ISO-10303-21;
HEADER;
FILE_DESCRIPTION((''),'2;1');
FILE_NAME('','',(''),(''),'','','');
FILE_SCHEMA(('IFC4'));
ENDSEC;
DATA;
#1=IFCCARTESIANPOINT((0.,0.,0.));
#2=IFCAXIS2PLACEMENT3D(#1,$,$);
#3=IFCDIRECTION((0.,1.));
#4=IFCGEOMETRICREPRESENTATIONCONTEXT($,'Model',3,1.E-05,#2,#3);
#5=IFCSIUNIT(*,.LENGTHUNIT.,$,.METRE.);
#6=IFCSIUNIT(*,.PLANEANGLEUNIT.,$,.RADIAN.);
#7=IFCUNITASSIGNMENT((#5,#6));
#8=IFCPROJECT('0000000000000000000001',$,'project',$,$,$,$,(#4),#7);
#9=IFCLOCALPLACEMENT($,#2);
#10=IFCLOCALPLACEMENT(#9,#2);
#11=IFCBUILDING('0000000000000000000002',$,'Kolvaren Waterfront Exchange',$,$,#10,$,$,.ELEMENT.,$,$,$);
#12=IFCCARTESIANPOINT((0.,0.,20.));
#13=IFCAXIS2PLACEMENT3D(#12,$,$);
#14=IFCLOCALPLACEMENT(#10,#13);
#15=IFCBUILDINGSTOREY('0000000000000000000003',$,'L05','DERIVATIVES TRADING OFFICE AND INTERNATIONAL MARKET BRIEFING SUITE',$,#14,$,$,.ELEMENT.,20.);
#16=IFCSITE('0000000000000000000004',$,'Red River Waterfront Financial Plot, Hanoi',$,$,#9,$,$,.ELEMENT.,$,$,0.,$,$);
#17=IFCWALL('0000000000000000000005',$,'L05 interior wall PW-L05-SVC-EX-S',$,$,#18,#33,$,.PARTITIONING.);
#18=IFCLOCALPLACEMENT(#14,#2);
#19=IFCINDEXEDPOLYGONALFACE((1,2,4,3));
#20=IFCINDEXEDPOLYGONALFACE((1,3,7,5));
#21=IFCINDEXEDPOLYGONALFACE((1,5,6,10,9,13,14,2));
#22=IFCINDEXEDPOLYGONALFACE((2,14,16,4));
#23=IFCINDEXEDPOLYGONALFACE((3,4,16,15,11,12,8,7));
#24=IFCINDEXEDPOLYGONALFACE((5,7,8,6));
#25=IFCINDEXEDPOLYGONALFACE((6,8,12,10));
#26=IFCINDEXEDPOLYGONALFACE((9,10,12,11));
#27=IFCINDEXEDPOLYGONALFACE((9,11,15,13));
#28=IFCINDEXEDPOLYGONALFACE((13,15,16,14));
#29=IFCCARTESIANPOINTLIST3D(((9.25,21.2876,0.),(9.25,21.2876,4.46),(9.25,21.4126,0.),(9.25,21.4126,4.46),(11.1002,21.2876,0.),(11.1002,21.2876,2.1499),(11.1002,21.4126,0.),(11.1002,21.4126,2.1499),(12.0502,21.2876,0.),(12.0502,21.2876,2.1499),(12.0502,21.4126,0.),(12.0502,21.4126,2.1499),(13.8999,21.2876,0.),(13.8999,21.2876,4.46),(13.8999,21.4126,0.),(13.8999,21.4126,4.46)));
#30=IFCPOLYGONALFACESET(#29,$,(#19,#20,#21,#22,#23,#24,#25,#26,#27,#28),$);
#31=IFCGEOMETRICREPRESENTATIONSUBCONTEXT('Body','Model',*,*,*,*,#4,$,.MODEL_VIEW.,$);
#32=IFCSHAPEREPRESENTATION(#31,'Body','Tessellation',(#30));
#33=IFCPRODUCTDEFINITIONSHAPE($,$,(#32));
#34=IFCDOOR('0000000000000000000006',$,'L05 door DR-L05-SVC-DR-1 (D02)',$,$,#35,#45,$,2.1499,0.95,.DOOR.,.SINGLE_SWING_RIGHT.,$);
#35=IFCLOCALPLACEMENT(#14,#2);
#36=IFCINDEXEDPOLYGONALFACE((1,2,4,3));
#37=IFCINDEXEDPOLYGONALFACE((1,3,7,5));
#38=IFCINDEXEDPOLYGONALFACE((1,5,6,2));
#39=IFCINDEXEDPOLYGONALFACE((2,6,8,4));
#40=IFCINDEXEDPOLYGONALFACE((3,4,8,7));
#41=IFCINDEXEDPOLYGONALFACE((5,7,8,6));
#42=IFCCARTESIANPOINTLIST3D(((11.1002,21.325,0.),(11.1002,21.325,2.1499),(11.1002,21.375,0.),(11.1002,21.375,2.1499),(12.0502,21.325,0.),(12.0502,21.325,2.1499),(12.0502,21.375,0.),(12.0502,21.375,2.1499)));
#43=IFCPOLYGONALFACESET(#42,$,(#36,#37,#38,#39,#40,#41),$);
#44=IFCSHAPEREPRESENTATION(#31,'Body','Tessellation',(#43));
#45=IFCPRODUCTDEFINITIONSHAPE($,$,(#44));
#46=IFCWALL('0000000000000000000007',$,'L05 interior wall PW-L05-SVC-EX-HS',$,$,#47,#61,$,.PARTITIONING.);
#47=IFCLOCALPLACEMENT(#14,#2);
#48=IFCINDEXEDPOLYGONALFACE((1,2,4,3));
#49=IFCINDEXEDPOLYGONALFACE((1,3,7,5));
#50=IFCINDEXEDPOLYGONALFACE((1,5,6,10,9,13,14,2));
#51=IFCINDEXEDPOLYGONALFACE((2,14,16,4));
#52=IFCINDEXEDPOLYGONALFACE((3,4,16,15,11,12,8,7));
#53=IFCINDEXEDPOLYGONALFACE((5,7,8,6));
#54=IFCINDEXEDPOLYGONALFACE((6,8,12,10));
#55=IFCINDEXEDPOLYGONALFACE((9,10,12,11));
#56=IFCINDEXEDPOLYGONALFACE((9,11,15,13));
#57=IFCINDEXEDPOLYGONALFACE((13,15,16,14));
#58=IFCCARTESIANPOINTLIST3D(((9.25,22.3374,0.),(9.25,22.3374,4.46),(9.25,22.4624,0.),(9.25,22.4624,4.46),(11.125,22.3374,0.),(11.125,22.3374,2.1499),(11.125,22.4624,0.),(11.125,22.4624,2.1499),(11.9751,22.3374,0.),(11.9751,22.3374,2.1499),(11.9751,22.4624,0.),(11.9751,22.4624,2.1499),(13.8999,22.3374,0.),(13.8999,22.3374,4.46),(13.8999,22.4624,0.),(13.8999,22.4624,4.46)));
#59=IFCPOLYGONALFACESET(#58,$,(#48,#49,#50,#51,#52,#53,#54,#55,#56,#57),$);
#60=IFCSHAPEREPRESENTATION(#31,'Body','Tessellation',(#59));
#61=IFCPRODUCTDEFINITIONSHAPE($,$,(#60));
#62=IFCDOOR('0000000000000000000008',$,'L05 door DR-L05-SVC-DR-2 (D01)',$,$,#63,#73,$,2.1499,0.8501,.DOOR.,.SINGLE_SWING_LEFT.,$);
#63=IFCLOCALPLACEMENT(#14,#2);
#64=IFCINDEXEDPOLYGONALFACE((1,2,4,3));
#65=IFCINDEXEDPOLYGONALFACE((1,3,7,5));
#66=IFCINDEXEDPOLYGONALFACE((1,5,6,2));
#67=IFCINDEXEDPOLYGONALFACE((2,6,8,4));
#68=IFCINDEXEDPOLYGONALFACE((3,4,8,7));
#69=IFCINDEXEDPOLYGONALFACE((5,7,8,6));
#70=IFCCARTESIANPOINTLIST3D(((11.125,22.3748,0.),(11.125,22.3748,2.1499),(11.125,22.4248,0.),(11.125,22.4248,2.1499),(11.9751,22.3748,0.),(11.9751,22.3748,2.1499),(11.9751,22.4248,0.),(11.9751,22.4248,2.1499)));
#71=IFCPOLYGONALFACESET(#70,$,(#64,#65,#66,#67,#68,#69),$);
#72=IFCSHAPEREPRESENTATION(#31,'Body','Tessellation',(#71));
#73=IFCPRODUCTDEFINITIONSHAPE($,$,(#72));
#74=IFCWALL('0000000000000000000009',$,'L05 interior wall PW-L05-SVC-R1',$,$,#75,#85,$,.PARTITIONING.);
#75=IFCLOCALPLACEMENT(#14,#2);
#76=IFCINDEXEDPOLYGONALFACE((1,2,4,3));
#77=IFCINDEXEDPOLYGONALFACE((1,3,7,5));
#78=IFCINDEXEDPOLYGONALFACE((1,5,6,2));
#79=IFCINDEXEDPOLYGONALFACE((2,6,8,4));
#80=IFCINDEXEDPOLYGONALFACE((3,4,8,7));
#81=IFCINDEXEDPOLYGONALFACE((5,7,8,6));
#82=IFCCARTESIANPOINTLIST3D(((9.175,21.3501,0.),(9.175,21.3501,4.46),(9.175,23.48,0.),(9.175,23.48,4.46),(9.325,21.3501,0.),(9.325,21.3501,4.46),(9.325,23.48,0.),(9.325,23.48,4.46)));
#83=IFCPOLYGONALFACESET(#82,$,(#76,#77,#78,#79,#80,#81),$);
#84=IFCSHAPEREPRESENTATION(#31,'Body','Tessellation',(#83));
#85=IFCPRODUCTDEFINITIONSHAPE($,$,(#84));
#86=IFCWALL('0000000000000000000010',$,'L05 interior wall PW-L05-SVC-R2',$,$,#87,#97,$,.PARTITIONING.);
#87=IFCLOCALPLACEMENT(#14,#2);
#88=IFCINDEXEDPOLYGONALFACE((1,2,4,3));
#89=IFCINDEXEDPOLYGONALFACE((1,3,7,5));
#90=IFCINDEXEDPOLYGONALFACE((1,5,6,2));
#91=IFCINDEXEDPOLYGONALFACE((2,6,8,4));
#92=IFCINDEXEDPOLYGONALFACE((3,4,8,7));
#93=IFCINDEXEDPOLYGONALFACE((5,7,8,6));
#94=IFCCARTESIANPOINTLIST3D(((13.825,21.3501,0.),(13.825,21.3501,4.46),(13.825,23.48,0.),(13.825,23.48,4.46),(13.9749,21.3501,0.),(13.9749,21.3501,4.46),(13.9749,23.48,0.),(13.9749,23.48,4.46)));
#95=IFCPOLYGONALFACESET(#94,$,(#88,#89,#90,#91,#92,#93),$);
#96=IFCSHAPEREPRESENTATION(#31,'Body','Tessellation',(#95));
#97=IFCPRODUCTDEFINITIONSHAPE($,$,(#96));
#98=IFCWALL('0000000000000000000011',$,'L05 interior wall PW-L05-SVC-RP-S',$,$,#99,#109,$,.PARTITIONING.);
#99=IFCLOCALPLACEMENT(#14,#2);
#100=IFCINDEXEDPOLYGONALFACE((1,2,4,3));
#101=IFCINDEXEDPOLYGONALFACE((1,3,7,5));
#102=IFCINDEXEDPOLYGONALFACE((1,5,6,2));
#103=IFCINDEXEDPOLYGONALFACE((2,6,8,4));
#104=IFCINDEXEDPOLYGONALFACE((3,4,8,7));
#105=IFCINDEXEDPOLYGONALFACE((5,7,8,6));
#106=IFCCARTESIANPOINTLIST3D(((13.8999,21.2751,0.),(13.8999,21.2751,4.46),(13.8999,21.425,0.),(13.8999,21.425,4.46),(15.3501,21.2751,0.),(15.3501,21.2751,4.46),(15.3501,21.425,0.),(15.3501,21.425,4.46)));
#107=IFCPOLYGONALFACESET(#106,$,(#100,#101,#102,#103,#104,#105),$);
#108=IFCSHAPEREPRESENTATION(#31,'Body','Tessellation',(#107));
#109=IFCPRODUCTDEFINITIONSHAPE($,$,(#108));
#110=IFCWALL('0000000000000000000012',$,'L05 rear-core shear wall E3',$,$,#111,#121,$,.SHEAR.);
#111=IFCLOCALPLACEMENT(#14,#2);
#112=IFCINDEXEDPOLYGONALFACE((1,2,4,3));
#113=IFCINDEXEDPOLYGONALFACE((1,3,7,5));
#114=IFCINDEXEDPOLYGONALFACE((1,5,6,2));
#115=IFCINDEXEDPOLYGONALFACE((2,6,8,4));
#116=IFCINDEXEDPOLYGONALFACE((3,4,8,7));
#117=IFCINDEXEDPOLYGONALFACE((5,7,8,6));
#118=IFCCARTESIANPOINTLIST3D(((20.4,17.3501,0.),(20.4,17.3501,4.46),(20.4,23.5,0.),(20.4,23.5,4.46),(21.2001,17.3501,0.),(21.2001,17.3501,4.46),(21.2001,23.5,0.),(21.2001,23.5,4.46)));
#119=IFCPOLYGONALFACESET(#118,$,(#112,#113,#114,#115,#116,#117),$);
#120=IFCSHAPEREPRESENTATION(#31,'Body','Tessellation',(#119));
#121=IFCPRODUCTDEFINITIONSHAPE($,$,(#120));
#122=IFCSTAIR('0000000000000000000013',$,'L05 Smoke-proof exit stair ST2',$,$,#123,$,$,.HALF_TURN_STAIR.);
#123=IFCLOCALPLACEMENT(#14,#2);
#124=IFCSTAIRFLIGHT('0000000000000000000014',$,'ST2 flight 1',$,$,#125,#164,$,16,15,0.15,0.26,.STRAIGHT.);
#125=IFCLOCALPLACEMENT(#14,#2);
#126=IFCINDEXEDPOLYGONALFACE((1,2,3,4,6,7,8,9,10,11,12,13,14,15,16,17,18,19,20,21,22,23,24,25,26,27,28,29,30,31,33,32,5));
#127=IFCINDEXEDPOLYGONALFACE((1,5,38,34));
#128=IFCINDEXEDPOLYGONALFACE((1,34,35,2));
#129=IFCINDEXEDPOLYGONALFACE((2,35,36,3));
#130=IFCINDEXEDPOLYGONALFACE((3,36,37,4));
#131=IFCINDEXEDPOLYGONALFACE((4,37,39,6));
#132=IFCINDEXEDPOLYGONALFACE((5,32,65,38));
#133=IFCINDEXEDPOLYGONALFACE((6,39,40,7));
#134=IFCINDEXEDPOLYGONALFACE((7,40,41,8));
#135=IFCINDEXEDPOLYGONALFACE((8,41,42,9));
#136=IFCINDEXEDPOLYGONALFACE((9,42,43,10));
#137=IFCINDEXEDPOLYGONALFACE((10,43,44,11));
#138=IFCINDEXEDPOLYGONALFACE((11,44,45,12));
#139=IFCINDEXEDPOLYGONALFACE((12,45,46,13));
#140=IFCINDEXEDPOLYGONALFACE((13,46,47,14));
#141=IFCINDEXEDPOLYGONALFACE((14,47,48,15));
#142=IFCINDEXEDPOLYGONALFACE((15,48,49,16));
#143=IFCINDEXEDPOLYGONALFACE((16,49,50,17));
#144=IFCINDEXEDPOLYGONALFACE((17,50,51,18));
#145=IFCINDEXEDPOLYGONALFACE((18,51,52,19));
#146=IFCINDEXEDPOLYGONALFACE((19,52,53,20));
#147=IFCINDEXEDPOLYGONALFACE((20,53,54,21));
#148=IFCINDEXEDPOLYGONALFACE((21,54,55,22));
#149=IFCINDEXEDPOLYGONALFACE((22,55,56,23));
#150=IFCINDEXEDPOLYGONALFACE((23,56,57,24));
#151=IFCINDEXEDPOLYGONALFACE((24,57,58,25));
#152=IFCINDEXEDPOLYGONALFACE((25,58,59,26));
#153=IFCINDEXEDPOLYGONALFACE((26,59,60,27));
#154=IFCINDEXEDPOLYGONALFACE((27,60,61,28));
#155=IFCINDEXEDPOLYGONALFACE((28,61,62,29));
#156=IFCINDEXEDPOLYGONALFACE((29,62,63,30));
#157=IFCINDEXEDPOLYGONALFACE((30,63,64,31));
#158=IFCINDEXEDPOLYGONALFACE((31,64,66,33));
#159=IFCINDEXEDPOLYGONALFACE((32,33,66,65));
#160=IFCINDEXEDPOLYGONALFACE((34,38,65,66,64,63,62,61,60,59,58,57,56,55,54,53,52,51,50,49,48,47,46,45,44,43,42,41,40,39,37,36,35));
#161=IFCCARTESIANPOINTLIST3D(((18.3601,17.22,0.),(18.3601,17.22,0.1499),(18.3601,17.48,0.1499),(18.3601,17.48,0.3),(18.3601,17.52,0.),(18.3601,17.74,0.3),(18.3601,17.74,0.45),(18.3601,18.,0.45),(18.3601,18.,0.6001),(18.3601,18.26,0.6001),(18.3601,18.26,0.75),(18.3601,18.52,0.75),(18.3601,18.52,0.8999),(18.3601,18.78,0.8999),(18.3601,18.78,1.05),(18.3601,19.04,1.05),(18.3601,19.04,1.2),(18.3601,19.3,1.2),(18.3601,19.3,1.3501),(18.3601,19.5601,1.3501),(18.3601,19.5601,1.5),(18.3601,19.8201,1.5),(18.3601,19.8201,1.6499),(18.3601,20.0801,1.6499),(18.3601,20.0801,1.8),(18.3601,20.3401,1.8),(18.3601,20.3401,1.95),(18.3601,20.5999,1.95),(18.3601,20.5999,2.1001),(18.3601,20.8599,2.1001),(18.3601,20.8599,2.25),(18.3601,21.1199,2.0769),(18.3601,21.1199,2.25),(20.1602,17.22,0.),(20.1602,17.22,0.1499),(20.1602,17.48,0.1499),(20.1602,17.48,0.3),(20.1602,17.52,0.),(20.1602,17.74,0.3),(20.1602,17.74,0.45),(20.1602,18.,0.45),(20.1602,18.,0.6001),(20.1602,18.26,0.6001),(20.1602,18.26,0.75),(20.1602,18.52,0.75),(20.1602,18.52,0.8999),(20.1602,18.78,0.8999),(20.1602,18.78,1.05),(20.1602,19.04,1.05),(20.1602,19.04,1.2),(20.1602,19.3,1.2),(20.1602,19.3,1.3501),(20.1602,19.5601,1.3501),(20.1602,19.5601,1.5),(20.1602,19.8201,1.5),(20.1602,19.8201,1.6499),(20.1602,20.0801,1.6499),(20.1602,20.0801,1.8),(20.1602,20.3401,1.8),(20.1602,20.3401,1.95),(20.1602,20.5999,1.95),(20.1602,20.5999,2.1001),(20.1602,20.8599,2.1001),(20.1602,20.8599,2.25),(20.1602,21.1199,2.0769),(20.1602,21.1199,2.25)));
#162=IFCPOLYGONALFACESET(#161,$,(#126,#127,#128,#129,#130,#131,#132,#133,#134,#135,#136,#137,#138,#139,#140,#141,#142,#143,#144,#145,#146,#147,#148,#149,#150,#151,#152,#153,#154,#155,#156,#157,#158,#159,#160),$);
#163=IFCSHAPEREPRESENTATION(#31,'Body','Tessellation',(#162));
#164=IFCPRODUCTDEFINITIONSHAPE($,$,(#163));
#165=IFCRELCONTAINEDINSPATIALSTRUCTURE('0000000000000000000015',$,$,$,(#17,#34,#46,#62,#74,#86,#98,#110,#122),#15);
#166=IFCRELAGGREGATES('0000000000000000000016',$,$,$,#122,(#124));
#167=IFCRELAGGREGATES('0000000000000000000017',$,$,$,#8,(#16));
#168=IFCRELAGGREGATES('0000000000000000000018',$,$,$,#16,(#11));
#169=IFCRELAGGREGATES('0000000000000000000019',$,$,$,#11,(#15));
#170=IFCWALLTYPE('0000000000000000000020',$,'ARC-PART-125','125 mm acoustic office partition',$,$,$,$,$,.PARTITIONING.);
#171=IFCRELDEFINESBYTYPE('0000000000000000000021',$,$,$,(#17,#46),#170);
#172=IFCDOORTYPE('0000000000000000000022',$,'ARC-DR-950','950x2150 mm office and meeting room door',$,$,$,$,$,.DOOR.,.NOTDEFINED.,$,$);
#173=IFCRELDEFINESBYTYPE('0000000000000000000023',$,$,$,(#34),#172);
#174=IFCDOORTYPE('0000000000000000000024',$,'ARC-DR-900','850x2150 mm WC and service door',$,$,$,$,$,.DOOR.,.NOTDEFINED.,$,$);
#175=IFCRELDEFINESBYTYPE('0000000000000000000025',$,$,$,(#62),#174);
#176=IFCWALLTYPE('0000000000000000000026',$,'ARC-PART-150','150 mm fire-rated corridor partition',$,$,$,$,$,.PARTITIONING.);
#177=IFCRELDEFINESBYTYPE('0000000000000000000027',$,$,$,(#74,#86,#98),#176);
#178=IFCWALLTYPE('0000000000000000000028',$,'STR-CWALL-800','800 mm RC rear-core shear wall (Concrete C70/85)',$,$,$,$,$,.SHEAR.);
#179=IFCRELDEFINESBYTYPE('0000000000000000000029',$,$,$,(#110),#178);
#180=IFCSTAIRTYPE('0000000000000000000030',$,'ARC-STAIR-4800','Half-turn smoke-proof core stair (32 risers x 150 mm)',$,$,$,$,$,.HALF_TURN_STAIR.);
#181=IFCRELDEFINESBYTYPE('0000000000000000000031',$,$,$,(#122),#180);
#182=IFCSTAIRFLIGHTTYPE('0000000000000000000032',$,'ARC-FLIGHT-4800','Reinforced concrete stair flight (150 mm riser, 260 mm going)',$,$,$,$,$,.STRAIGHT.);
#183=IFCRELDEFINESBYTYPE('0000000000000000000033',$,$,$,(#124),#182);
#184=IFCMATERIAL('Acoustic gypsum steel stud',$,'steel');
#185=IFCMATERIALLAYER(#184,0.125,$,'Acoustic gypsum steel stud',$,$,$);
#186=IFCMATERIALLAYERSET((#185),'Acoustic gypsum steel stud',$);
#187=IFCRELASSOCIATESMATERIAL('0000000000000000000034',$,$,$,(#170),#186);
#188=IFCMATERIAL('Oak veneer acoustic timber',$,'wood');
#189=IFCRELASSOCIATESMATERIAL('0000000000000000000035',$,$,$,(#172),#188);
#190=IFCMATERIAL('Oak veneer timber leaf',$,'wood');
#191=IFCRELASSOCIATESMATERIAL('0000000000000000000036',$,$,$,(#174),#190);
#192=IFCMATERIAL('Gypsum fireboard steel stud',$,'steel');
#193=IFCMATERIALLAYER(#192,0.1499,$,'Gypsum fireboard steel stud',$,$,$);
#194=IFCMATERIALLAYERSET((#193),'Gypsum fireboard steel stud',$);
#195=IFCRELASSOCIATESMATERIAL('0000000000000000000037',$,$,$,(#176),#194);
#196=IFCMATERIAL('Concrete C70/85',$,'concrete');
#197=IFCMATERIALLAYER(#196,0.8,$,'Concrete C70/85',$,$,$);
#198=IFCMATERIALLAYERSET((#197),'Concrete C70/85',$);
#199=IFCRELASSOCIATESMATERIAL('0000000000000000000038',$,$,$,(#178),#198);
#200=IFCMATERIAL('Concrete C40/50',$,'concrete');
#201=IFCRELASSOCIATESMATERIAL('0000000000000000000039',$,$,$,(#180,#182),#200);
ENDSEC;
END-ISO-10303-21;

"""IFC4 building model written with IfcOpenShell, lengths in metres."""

from ifc_helpers import new_model, si_unit, direction, frame, frame_2d, origin, place, context, subcontext, project, spatial, polyline, rectangle, outline, extrude, material, layer, layer_set, type_object, element, fill, aggregate, save


model = new_model("IFC4")

# Units and contexts
model_context = context("Model", 3, precision=1e-05, world=origin(), true_north=direction((0.0, 1.0)))
body_context = subcontext(model_context, "Body", "Model", "MODEL_VIEW")
ifc_project = project(units=[si_unit("LENGTHUNIT", "METRE"), si_unit("PLANEANGLEUNIT", "RADIAN")], contexts=[model_context])

# Site, building, storey
site_placement = place(None, origin())
site = spatial("IfcSite", under=ifc_project, at=site_placement, Name="Red River Waterfront Financial Plot, Hanoi", CompositionType="ELEMENT", RefElevation=0.0)
building_placement = place(site_placement, origin())
building = spatial("IfcBuilding", under=site, at=building_placement, Name="Kolvaren Waterfront Exchange", CompositionType="ELEMENT")
storey_placement = place(building_placement, frame((0.0, 0.0, 20.0)))
storey = spatial("IfcBuildingStorey", under=building, at=storey_placement, Name="L05", Description="DERIVATIVES TRADING OFFICE AND INTERNATIONAL MARKET BRIEFING SUITE", CompositionType="ELEMENT", Elevation=20.0)

# Shared definitions
ifc_material_1 = material(Name="Concrete C70/85", Category="concrete")

# Walls, openings, doors
ifc_material_2 = material(Name="Acoustic gypsum steel stud", Category="steel")
ifc_layer_1 = layer(ifc_material_2, 0.125, Name="Acoustic gypsum steel stud")
ifc_layer_set_1 = layer_set([ifc_layer_1], Name="Acoustic gypsum steel stud")
wall_type_1 = type_object("IfcWallType", Name="ARC-PART-125", Description="125 mm acoustic office partition", PredefinedType="PARTITIONING", material=ifc_layer_set_1)
wall_1_placement = place(storey_placement, frame((9.25, 21.3501, 0.0), z_axis=(0.0, 0.0, 1.0), x_axis=(1.0, 0.0, 0.0)))
wall_1 = element("IfcWall", 1, at=wall_1_placement, inside=storey, type_object=wall_type_1, Name="L05 interior wall PW-L05-SVC-EX-S", PredefinedType="PARTITIONING", context=body_context, shape_type="SweptSolid", body=[
    extrude(rectangle(XDim=4.6499, YDim=0.125, at=frame_2d((2.325, 0.0))), origin(), (0.0, 0.0, 1.0), 4.46),
])
opening_1_placement = place(wall_1_placement, frame((1.8501, 0.0, 0.0)))
opening_1 = element("IfcOpeningElement", 2, at=opening_1_placement, cuts=wall_1, PredefinedType="OPENING", context=body_context, shape_type="SweptSolid", body=[
    extrude(rectangle(XDim=0.95, YDim=2.1499, at=frame_2d((0.4751, 1.075))), frame((0.0, 0.0725, 0.0), z_axis=(0.0, -1.0, 0.0), x_axis=(1.0, 0.0, 0.0)), (0.0, 0.0, 1.0), 0.145),
])
ifc_material_3 = material(Name="Oak veneer acoustic timber", Category="wood")
door_type_1 = type_object("IfcDoorType", Name="ARC-DR-950", Description="950x2150 mm office and meeting room door", OperationType="NOTDEFINED", PredefinedType="DOOR", material=ifc_material_3)
door_1_placement = place(opening_1_placement, origin())
door_1 = element("IfcDoor", 3, at=door_1_placement, inside=storey, type_object=door_type_1, Name="L05 door DR-L05-SVC-DR-1 (D02)", OperationType="SINGLE_SWING_RIGHT", OverallHeight=2.1499, OverallWidth=0.95, PredefinedType="DOOR", context=body_context, shape_type="SweptSolid", body=[
    extrude(rectangle(XDim=0.95, YDim=2.1499, at=frame_2d((0.4751, 1.075))), frame((0.0, 0.0249, 0.0), z_axis=(0.0, -1.0, 0.0), x_axis=(1.0, 0.0, 0.0)), (0.0, 0.0, 1.0), 0.05),
])
fill(opening_1, door_1)
wall_2_placement = place(storey_placement, frame((9.25, 22.3999, 0.0), z_axis=(0.0, 0.0, 1.0), x_axis=(1.0, 0.0, 0.0)))
wall_2 = element("IfcWall", 4, at=wall_2_placement, inside=storey, type_object=wall_type_1, Name="L05 interior wall PW-L05-SVC-EX-HS", PredefinedType="PARTITIONING", context=body_context, shape_type="SweptSolid", body=[
    extrude(rectangle(XDim=4.6499, YDim=0.125, at=frame_2d((2.325, 0.0))), origin(), (0.0, 0.0, 1.0), 4.46),
])
opening_2_placement = place(wall_2_placement, frame((1.875, 0.0, 0.0)))
opening_2 = element("IfcOpeningElement", 5, at=opening_2_placement, cuts=wall_2, PredefinedType="OPENING", context=body_context, shape_type="SweptSolid", body=[
    extrude(rectangle(XDim=0.8501, YDim=2.1499, at=frame_2d((0.425, 1.075))), frame((0.0, 0.0725, 0.0), z_axis=(0.0, -1.0, 0.0), x_axis=(1.0, 0.0, 0.0)), (0.0, 0.0, 1.0), 0.145),
])
ifc_material_4 = material(Name="Oak veneer timber leaf", Category="wood")
door_type_2 = type_object("IfcDoorType", Name="ARC-DR-900", Description="850x2150 mm WC and service door", OperationType="NOTDEFINED", PredefinedType="DOOR", material=ifc_material_4)
door_2_placement = place(opening_2_placement, origin())
door_2 = element("IfcDoor", 6, at=door_2_placement, inside=storey, type_object=door_type_2, Name="L05 door DR-L05-SVC-DR-2 (D01)", OperationType="SINGLE_SWING_LEFT", OverallHeight=2.1499, OverallWidth=0.8501, PredefinedType="DOOR", context=body_context, shape_type="SweptSolid", body=[
    extrude(rectangle(XDim=0.8501, YDim=2.1499, at=frame_2d((0.425, 1.075))), frame((0.0, 0.0249, 0.0), z_axis=(0.0, -1.0, 0.0), x_axis=(1.0, 0.0, 0.0)), (0.0, 0.0, 1.0), 0.05),
])
fill(opening_2, door_2)

# Walls
ifc_material_5 = material(Name="Gypsum fireboard steel stud", Category="steel")
ifc_layer_2 = layer(ifc_material_5, 0.1499, Name="Gypsum fireboard steel stud")
ifc_layer_set_2 = layer_set([ifc_layer_2], Name="Gypsum fireboard steel stud")
wall_type_2 = type_object("IfcWallType", Name="ARC-PART-150", Description="150 mm fire-rated corridor partition", PredefinedType="PARTITIONING", material=ifc_layer_set_2)
for number, where, z_axis, x_axis, name in (
    (7, (9.25, 21.3501, 0.0), (0.0, 0.0, 1.0), (0.0, 1.0, 0.0), "L05 interior wall PW-L05-SVC-R1"),
    (8, (13.8999, 21.3501, 0.0), (0.0, 0.0, 1.0), (0.0, 1.0, 0.0), "L05 interior wall PW-L05-SVC-R2"),
):
    element("IfcWall", number, at=place(storey_placement, frame(where, z_axis=z_axis, x_axis=x_axis)), inside=storey, type_object=wall_type_2, Name=name, PredefinedType="PARTITIONING", context=body_context, shape_type="SweptSolid", body=[
        extrude(rectangle(XDim=2.1299, YDim=0.1499, at=frame_2d((1.0649, 0.0))), origin(), (0.0, 0.0, 1.0), 4.46),
    ])
wall_3_placement = place(storey_placement, frame((13.8999, 21.3501, 0.0), z_axis=(0.0, 0.0, 1.0), x_axis=(1.0, 0.0, 0.0)))
element("IfcWall", 9, at=wall_3_placement, inside=storey, type_object=wall_type_2, Name="L05 interior wall PW-L05-SVC-RP-S", PredefinedType="PARTITIONING", context=body_context, shape_type="SweptSolid", body=[
    extrude(rectangle(XDim=1.4502, YDim=0.1499, at=frame_2d((0.7251, 0.0))), origin(), (0.0, 0.0, 1.0), 4.46),
])

# Wall
ifc_layer_3 = layer(ifc_material_1, 0.8, Name="Concrete C70/85")
ifc_layer_set_3 = layer_set([ifc_layer_3], Name="Concrete C70/85")
wall_type_3 = type_object("IfcWallType", Name="STR-CWALL-800", Description="800 mm RC rear-core shear wall (Concrete C70/85)", PredefinedType="SHEAR", material=ifc_layer_set_3)
wall_4_placement = place(storey_placement, frame((20.8, 17.3501, 0.0), z_axis=(0.0, 0.0, 1.0), x_axis=(0.0, 1.0, 0.0)))
element("IfcWall", 10, at=wall_4_placement, inside=storey, type_object=wall_type_3, Name="L05 rear-core shear wall E3", PredefinedType="SHEAR", context=body_context, shape_type="SweptSolid", body=[
    extrude(rectangle(XDim=6.1499, YDim=0.8, at=frame_2d((3.075, 0.0))), origin(), (0.0, 0.0, 1.0), 4.46),
])

# Stair, stair flight
ifc_material_6 = material(Name="Concrete C40/50", Category="concrete")
stair_type = type_object("IfcStairType", Name="ARC-STAIR-4800", Description="Half-turn smoke-proof core stair (32 risers x 150 mm)", PredefinedType="HALF_TURN_STAIR", material=ifc_material_6)
stair_placement = place(storey_placement, origin())
stair = element("IfcStair", 11, at=stair_placement, inside=storey, type_object=stair_type, Name="L05 Smoke-proof exit stair ST2", PredefinedType="HALF_TURN_STAIR")
stair_flight_type = type_object("IfcStairFlightType", Name="ARC-FLIGHT-4800", Description="Reinforced concrete stair flight (150 mm riser, 260 mm going)", PredefinedType="STRAIGHT", material=ifc_material_6)
stair_flight_1_placement = place(storey_placement, frame((19.26, 17.22, 0.0), z_axis=(0.0, 0.0, 1.0), x_axis=(0.0, 1.0, 0.0)))
stair_flight_1 = element("IfcStairFlight", 12, at=stair_flight_1_placement, type_object=stair_flight_type, Name="ST2 flight 1", NumberOfRisers=16, NumberOfTreads=15, PredefinedType="STRAIGHT", RiserHeight=0.15, TreadLength=0.26, context=body_context, shape_type="SweptSolid", body=[
    extrude(outline(polyline([(0.0, 0.0), (0.0, 0.1499), (0.26, 0.1499), (0.26, 0.3), (0.52, 0.3), (0.52, 0.45), (0.78, 0.45), (0.78, 0.6001), (1.04, 0.6001), (1.04, 0.75), (1.3, 0.75), (1.3, 0.8999), (1.5601, 0.8999), (1.5601, 1.05), (1.8201, 1.05), (1.8201, 1.2), (2.0801, 1.2), (2.0801, 1.3501), (2.3401, 1.3501), (2.3401, 1.5), (2.6001, 1.5), (2.6001, 1.6499), (2.8601, 1.6499), (2.8601, 1.8), (3.1201, 1.8), (3.1201, 1.95), (3.3799, 1.95), (3.3799, 2.1001), (3.6399, 2.1001), (3.6399, 2.25), (3.8999, 2.25), (3.8999, 2.3999), (3.8999, 2.0769), (0.3, 0.0), (0.0, 0.0)])), frame((0.0, 0.8999, 0.0), z_axis=(0.0, -1.0, 0.0), x_axis=(1.0, 0.0, 0.0)), (0.0, 0.0, 1.0), 1.8),
])
aggregate(stair, [stair_flight_1])

save(model, "model.ifc")
